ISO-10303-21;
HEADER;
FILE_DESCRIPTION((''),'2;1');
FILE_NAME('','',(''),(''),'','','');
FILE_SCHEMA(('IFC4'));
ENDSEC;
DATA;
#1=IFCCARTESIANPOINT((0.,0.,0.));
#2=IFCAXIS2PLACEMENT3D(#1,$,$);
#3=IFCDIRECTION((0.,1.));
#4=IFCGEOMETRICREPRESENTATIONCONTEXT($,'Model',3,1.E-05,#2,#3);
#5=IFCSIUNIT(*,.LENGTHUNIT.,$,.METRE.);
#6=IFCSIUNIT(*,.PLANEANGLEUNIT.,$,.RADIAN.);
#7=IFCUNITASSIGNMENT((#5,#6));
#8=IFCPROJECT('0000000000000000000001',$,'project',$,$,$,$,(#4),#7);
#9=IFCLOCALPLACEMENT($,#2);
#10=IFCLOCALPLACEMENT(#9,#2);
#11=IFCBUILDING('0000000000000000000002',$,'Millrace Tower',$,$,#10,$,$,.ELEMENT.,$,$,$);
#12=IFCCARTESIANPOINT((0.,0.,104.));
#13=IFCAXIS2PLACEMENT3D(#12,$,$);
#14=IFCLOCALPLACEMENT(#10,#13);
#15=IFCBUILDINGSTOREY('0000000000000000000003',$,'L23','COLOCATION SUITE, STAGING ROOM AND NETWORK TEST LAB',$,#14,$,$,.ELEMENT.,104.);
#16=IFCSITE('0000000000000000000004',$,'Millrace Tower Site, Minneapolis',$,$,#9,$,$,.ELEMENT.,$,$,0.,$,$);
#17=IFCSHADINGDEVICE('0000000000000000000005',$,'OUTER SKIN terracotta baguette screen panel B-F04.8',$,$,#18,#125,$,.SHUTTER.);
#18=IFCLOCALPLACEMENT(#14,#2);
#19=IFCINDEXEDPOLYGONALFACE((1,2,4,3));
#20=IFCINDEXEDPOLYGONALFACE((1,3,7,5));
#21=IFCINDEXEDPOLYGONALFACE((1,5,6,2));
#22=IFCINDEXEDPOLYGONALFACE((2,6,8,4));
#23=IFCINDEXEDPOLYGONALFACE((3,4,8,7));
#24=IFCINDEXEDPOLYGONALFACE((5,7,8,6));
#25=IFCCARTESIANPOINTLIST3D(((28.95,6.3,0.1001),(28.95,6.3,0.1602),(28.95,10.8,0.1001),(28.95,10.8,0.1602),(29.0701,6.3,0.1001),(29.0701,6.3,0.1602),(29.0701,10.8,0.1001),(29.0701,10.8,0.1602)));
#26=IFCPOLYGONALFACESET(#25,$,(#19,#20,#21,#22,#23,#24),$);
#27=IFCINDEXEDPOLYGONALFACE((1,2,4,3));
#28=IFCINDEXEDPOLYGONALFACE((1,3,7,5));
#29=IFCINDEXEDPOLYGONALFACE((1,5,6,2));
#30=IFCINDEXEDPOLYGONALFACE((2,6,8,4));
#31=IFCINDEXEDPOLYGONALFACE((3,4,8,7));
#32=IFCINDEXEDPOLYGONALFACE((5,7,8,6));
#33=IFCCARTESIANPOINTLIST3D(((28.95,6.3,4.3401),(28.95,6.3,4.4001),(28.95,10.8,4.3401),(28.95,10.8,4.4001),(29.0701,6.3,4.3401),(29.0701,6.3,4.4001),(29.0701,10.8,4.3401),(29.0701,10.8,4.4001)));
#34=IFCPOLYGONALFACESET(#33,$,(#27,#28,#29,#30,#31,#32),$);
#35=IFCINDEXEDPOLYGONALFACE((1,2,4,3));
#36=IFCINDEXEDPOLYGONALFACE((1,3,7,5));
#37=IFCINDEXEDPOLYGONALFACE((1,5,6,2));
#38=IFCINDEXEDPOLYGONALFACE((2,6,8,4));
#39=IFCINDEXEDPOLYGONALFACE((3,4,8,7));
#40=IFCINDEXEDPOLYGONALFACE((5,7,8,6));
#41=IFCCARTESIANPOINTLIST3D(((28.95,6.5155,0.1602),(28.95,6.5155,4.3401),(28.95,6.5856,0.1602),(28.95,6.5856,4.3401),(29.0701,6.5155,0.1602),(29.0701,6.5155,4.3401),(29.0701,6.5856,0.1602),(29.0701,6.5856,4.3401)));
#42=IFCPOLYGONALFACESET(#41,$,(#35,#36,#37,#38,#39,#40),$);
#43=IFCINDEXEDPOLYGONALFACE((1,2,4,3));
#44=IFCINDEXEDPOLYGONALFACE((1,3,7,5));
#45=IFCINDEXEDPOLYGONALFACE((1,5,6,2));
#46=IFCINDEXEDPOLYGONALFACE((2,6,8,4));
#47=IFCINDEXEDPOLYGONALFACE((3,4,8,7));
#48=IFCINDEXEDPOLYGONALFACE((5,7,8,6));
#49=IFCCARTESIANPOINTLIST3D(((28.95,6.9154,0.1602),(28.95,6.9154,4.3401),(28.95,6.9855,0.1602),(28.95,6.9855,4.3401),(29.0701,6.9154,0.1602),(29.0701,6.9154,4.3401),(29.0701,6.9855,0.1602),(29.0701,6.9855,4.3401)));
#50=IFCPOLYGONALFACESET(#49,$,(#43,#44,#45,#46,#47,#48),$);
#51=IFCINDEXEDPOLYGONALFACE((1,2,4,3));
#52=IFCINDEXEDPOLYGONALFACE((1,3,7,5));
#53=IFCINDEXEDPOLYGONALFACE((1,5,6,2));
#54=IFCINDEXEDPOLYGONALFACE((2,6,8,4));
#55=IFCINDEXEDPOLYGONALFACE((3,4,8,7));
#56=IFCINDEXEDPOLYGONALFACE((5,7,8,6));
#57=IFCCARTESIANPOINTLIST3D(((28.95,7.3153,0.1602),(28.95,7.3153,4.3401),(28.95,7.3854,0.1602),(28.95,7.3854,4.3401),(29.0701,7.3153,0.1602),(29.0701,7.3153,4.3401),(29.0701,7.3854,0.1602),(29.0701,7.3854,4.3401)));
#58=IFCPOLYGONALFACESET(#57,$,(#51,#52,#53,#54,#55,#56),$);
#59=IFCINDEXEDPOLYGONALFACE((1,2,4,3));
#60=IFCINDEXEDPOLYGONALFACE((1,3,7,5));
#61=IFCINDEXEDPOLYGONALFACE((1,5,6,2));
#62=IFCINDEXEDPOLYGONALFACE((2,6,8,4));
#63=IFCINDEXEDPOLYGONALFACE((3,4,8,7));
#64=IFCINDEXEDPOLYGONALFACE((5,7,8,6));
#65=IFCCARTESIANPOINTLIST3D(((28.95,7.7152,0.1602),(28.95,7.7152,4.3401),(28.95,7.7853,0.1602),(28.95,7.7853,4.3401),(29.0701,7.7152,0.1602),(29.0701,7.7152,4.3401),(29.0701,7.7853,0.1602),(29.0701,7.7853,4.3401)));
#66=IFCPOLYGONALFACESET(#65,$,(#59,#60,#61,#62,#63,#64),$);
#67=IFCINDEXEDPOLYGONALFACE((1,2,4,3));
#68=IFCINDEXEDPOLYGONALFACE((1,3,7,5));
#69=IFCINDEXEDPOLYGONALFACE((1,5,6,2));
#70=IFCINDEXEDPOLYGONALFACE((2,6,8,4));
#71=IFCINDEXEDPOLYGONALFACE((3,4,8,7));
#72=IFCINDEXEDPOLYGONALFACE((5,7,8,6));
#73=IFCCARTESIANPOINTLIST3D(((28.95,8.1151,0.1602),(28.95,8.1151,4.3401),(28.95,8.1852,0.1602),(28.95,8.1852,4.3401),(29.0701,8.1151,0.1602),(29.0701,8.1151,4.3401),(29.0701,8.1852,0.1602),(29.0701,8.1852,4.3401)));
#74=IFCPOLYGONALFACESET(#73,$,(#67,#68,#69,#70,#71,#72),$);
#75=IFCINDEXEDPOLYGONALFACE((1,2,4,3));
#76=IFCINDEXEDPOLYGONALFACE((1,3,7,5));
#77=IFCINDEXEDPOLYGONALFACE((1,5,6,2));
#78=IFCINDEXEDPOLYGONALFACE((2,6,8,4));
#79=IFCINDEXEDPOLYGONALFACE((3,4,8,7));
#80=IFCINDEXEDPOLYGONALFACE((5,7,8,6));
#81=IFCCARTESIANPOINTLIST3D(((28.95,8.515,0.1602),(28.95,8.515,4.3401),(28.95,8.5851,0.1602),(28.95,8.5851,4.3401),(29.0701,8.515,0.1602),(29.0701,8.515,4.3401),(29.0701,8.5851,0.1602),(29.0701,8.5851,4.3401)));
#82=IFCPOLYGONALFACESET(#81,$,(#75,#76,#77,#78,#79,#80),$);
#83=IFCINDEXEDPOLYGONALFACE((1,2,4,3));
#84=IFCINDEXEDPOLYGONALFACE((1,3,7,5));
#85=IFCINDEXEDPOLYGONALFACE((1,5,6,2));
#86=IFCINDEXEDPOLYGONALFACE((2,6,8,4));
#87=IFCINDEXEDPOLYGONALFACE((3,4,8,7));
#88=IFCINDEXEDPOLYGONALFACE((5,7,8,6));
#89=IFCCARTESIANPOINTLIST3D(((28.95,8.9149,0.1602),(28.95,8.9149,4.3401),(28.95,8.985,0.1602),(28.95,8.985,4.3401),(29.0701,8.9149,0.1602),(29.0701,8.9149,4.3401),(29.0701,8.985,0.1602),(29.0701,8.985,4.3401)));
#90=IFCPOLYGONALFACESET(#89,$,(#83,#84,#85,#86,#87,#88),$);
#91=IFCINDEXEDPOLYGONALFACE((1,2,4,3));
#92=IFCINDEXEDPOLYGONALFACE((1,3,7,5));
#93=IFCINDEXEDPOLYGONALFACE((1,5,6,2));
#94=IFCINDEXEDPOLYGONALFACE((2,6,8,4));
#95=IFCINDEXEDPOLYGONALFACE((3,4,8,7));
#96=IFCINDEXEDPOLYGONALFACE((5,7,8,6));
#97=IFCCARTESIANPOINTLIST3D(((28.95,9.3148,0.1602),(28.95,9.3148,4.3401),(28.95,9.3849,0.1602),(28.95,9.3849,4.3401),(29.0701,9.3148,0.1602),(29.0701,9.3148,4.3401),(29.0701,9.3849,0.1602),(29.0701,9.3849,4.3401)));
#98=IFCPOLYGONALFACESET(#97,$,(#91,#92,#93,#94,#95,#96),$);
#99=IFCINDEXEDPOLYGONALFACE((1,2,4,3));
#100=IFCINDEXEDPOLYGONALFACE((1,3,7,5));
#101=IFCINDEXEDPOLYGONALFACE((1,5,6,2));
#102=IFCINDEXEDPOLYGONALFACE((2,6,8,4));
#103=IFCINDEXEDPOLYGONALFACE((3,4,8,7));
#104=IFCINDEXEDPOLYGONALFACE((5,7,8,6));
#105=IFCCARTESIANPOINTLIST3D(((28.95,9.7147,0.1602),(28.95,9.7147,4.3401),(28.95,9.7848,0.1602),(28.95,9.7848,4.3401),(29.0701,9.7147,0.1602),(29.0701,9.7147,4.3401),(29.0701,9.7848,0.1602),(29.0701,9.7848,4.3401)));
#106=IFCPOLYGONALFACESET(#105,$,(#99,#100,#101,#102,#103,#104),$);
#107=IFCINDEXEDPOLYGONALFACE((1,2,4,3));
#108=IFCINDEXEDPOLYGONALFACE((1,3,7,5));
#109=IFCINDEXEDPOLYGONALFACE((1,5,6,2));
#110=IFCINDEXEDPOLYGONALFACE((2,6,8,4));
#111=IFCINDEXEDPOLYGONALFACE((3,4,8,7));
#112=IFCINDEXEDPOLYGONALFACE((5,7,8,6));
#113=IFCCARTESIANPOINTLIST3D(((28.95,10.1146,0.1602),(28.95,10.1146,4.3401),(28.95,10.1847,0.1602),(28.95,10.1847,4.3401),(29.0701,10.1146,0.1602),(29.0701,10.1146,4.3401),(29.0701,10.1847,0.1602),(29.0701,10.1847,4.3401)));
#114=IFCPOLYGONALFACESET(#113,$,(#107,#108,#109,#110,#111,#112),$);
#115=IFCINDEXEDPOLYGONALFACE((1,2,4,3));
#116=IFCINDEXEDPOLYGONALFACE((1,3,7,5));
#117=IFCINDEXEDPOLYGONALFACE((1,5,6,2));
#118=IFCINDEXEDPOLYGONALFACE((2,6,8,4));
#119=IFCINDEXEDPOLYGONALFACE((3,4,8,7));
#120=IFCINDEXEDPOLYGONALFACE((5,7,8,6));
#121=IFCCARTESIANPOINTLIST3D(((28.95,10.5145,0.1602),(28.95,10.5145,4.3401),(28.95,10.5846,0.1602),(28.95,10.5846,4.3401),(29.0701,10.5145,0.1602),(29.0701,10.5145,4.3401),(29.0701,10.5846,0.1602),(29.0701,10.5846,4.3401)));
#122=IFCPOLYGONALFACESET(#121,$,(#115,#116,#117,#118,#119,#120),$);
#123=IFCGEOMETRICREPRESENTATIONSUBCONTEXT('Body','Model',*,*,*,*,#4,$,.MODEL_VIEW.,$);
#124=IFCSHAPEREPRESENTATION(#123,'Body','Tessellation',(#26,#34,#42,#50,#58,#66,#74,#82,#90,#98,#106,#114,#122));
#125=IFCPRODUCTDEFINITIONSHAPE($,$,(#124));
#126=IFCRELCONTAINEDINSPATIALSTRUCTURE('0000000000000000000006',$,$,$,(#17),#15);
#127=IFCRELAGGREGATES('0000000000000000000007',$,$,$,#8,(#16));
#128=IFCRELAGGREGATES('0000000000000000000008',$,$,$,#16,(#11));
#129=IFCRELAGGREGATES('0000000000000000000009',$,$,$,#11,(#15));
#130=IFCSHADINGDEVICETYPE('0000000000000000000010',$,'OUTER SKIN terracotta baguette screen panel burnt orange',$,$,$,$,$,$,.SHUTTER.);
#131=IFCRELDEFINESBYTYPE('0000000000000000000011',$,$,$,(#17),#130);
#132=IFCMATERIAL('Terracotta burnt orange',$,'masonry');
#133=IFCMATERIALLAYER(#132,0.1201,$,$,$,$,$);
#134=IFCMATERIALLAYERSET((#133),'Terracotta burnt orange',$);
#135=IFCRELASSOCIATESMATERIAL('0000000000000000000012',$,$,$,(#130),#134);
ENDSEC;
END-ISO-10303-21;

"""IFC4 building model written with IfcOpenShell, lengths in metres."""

from ifc_helpers import new_model, entity, si_unit, direction, frame, frame_2d, origin, origin_2d, place, context, subcontext, project, spatial, rectangle, extrude, source, transform, mapped, material, layer, layer_set, type_object, element, save


model = new_model("IFC4")

# Units and contexts
model_context = context("Model", 3, precision=1e-05, world=origin(), true_north=direction((0.0, 1.0)))
body_context = subcontext(model_context, "Body", "Model", "MODEL_VIEW")
ifc_project = project(units=[si_unit("LENGTHUNIT", "METRE"), si_unit("PLANEANGLEUNIT", "RADIAN")], contexts=[model_context])

# Site, building, storey
site_placement = place(None, origin())
site = spatial("IfcSite", under=ifc_project, at=site_placement, Name="Millrace Tower Site, Minneapolis", CompositionType="ELEMENT", RefElevation=0.0)
building_placement = place(site_placement, origin())
building = spatial("IfcBuilding", under=site, at=building_placement, Name="Millrace Tower", CompositionType="ELEMENT")
storey_placement = place(building_placement, frame((0.0, 0.0, 104.0)))
storey = spatial("IfcBuildingStorey", under=building, at=storey_placement, Name="L23", Description="COLOCATION SUITE, STAGING ROOM AND NETWORK TEST LAB", CompositionType="ELEMENT", Elevation=104.0)

# Shading device
ifc_material_1 = material(Name="Terracotta burnt orange", Category="masonry")
ifc_layer_1 = layer(ifc_material_1, 0.1201)
ifc_layer_set_1 = layer_set([ifc_layer_1], Name="Terracotta burnt orange")
shading_device_type = type_object("IfcShadingDeviceType", Name="OUTER SKIN terracotta baguette screen panel burnt orange", PredefinedType="SHUTTER", material=ifc_layer_set_1)
cartesian_point = entity("IfcCartesianPoint", [-2.25, 0.0601])
shared_polyline = entity("IfcPolyline", [cartesian_point, entity("IfcCartesianPoint", [2.25, 0.0601]), entity("IfcCartesianPoint", [2.25, -0.0601]), entity("IfcCartesianPoint", [-2.25, -0.0601]), cartesian_point])
shared_shape = source(origin(), body_context, "Body", "SweptSolid", [
    entity("IfcExtrudedAreaSolid", entity("IfcArbitraryClosedProfileDef", "AREA", None, shared_polyline), entity("IfcAxis2Placement3D", entity("IfcCartesianPoint", [0.0, 0.0, 0.0])), entity("IfcDirection", [0.0, 0.0, 1.0]), 0.0601),
    entity("IfcExtrudedAreaSolid", entity("IfcArbitraryClosedProfileDef", "AREA", None, shared_polyline), entity("IfcAxis2Placement3D", entity("IfcCartesianPoint", [0.0, 0.0, 4.24])), entity("IfcDirection", [0.0, 0.0, 1.0]), 0.0601),
    extrude(rectangle(XDim=0.0701, YDim=0.1201, at=frame_2d((-1.9995, 0.0))), frame((0.0, 0.0, 0.0601)), (0.0, 0.0, 1.0), 4.1799),
    extrude(rectangle(XDim=0.0701, YDim=0.1201, at=frame_2d((-1.5996, 0.0))), frame((0.0, 0.0, 0.0601)), (0.0, 0.0, 1.0), 4.1799),
    extrude(rectangle(XDim=0.0701, YDim=0.1201, at=frame_2d((-1.1997, 0.0))), frame((0.0, 0.0, 0.0601)), (0.0, 0.0, 1.0), 4.1799),
    extrude(rectangle(XDim=0.0701, YDim=0.1201, at=frame_2d((-0.7998, 0.0))), frame((0.0, 0.0, 0.0601)), (0.0, 0.0, 1.0), 4.1799),
    extrude(rectangle(XDim=0.0701, YDim=0.1201, at=frame_2d((-0.3999, 0.0))), frame((0.0, 0.0, 0.0601)), (0.0, 0.0, 1.0), 4.1799),
    extrude(rectangle(XDim=0.0701, YDim=0.1201, at=origin_2d()), frame((0.0, 0.0, 0.0601)), (0.0, 0.0, 1.0), 4.1799),
    extrude(rectangle(XDim=0.0701, YDim=0.1201, at=frame_2d((0.3999, 0.0))), frame((0.0, 0.0, 0.0601)), (0.0, 0.0, 1.0), 4.1799),
    extrude(rectangle(XDim=0.0701, YDim=0.1201, at=frame_2d((0.7998, 0.0))), frame((0.0, 0.0, 0.0601)), (0.0, 0.0, 1.0), 4.1799),
    extrude(rectangle(XDim=0.0701, YDim=0.1201, at=frame_2d((1.1997, 0.0))), frame((0.0, 0.0, 0.0601)), (0.0, 0.0, 1.0), 4.1799),
    extrude(rectangle(XDim=0.0701, YDim=0.1201, at=frame_2d((1.5996, 0.0))), frame((0.0, 0.0, 0.0601)), (0.0, 0.0, 1.0), 4.1799),
    extrude(rectangle(XDim=0.0701, YDim=0.1201, at=frame_2d((1.9995, 0.0))), frame((0.0, 0.0, 0.0601)), (0.0, 0.0, 1.0), 4.1799),
])
for number, where, z_axis, x_axis, name in (
    (1, (29.01, 8.55, 0.1001), (0.0, 0.0, 1.0), (0.0, 1.0, 0.0), "OUTER SKIN terracotta baguette screen panel B-F04.8"),
):
    element("IfcShadingDevice", number, at=place(storey_placement, frame(where, z_axis=z_axis, x_axis=x_axis)), inside=storey, type_object=shading_device_type, Name=name, PredefinedType="SHUTTER", context=body_context, shape_type="MappedRepresentation", body=[
        mapped(shared_shape, transform((0.0, 0.0, 0.0), scale=1.0)),
    ])

save(model, "model.ifc")
